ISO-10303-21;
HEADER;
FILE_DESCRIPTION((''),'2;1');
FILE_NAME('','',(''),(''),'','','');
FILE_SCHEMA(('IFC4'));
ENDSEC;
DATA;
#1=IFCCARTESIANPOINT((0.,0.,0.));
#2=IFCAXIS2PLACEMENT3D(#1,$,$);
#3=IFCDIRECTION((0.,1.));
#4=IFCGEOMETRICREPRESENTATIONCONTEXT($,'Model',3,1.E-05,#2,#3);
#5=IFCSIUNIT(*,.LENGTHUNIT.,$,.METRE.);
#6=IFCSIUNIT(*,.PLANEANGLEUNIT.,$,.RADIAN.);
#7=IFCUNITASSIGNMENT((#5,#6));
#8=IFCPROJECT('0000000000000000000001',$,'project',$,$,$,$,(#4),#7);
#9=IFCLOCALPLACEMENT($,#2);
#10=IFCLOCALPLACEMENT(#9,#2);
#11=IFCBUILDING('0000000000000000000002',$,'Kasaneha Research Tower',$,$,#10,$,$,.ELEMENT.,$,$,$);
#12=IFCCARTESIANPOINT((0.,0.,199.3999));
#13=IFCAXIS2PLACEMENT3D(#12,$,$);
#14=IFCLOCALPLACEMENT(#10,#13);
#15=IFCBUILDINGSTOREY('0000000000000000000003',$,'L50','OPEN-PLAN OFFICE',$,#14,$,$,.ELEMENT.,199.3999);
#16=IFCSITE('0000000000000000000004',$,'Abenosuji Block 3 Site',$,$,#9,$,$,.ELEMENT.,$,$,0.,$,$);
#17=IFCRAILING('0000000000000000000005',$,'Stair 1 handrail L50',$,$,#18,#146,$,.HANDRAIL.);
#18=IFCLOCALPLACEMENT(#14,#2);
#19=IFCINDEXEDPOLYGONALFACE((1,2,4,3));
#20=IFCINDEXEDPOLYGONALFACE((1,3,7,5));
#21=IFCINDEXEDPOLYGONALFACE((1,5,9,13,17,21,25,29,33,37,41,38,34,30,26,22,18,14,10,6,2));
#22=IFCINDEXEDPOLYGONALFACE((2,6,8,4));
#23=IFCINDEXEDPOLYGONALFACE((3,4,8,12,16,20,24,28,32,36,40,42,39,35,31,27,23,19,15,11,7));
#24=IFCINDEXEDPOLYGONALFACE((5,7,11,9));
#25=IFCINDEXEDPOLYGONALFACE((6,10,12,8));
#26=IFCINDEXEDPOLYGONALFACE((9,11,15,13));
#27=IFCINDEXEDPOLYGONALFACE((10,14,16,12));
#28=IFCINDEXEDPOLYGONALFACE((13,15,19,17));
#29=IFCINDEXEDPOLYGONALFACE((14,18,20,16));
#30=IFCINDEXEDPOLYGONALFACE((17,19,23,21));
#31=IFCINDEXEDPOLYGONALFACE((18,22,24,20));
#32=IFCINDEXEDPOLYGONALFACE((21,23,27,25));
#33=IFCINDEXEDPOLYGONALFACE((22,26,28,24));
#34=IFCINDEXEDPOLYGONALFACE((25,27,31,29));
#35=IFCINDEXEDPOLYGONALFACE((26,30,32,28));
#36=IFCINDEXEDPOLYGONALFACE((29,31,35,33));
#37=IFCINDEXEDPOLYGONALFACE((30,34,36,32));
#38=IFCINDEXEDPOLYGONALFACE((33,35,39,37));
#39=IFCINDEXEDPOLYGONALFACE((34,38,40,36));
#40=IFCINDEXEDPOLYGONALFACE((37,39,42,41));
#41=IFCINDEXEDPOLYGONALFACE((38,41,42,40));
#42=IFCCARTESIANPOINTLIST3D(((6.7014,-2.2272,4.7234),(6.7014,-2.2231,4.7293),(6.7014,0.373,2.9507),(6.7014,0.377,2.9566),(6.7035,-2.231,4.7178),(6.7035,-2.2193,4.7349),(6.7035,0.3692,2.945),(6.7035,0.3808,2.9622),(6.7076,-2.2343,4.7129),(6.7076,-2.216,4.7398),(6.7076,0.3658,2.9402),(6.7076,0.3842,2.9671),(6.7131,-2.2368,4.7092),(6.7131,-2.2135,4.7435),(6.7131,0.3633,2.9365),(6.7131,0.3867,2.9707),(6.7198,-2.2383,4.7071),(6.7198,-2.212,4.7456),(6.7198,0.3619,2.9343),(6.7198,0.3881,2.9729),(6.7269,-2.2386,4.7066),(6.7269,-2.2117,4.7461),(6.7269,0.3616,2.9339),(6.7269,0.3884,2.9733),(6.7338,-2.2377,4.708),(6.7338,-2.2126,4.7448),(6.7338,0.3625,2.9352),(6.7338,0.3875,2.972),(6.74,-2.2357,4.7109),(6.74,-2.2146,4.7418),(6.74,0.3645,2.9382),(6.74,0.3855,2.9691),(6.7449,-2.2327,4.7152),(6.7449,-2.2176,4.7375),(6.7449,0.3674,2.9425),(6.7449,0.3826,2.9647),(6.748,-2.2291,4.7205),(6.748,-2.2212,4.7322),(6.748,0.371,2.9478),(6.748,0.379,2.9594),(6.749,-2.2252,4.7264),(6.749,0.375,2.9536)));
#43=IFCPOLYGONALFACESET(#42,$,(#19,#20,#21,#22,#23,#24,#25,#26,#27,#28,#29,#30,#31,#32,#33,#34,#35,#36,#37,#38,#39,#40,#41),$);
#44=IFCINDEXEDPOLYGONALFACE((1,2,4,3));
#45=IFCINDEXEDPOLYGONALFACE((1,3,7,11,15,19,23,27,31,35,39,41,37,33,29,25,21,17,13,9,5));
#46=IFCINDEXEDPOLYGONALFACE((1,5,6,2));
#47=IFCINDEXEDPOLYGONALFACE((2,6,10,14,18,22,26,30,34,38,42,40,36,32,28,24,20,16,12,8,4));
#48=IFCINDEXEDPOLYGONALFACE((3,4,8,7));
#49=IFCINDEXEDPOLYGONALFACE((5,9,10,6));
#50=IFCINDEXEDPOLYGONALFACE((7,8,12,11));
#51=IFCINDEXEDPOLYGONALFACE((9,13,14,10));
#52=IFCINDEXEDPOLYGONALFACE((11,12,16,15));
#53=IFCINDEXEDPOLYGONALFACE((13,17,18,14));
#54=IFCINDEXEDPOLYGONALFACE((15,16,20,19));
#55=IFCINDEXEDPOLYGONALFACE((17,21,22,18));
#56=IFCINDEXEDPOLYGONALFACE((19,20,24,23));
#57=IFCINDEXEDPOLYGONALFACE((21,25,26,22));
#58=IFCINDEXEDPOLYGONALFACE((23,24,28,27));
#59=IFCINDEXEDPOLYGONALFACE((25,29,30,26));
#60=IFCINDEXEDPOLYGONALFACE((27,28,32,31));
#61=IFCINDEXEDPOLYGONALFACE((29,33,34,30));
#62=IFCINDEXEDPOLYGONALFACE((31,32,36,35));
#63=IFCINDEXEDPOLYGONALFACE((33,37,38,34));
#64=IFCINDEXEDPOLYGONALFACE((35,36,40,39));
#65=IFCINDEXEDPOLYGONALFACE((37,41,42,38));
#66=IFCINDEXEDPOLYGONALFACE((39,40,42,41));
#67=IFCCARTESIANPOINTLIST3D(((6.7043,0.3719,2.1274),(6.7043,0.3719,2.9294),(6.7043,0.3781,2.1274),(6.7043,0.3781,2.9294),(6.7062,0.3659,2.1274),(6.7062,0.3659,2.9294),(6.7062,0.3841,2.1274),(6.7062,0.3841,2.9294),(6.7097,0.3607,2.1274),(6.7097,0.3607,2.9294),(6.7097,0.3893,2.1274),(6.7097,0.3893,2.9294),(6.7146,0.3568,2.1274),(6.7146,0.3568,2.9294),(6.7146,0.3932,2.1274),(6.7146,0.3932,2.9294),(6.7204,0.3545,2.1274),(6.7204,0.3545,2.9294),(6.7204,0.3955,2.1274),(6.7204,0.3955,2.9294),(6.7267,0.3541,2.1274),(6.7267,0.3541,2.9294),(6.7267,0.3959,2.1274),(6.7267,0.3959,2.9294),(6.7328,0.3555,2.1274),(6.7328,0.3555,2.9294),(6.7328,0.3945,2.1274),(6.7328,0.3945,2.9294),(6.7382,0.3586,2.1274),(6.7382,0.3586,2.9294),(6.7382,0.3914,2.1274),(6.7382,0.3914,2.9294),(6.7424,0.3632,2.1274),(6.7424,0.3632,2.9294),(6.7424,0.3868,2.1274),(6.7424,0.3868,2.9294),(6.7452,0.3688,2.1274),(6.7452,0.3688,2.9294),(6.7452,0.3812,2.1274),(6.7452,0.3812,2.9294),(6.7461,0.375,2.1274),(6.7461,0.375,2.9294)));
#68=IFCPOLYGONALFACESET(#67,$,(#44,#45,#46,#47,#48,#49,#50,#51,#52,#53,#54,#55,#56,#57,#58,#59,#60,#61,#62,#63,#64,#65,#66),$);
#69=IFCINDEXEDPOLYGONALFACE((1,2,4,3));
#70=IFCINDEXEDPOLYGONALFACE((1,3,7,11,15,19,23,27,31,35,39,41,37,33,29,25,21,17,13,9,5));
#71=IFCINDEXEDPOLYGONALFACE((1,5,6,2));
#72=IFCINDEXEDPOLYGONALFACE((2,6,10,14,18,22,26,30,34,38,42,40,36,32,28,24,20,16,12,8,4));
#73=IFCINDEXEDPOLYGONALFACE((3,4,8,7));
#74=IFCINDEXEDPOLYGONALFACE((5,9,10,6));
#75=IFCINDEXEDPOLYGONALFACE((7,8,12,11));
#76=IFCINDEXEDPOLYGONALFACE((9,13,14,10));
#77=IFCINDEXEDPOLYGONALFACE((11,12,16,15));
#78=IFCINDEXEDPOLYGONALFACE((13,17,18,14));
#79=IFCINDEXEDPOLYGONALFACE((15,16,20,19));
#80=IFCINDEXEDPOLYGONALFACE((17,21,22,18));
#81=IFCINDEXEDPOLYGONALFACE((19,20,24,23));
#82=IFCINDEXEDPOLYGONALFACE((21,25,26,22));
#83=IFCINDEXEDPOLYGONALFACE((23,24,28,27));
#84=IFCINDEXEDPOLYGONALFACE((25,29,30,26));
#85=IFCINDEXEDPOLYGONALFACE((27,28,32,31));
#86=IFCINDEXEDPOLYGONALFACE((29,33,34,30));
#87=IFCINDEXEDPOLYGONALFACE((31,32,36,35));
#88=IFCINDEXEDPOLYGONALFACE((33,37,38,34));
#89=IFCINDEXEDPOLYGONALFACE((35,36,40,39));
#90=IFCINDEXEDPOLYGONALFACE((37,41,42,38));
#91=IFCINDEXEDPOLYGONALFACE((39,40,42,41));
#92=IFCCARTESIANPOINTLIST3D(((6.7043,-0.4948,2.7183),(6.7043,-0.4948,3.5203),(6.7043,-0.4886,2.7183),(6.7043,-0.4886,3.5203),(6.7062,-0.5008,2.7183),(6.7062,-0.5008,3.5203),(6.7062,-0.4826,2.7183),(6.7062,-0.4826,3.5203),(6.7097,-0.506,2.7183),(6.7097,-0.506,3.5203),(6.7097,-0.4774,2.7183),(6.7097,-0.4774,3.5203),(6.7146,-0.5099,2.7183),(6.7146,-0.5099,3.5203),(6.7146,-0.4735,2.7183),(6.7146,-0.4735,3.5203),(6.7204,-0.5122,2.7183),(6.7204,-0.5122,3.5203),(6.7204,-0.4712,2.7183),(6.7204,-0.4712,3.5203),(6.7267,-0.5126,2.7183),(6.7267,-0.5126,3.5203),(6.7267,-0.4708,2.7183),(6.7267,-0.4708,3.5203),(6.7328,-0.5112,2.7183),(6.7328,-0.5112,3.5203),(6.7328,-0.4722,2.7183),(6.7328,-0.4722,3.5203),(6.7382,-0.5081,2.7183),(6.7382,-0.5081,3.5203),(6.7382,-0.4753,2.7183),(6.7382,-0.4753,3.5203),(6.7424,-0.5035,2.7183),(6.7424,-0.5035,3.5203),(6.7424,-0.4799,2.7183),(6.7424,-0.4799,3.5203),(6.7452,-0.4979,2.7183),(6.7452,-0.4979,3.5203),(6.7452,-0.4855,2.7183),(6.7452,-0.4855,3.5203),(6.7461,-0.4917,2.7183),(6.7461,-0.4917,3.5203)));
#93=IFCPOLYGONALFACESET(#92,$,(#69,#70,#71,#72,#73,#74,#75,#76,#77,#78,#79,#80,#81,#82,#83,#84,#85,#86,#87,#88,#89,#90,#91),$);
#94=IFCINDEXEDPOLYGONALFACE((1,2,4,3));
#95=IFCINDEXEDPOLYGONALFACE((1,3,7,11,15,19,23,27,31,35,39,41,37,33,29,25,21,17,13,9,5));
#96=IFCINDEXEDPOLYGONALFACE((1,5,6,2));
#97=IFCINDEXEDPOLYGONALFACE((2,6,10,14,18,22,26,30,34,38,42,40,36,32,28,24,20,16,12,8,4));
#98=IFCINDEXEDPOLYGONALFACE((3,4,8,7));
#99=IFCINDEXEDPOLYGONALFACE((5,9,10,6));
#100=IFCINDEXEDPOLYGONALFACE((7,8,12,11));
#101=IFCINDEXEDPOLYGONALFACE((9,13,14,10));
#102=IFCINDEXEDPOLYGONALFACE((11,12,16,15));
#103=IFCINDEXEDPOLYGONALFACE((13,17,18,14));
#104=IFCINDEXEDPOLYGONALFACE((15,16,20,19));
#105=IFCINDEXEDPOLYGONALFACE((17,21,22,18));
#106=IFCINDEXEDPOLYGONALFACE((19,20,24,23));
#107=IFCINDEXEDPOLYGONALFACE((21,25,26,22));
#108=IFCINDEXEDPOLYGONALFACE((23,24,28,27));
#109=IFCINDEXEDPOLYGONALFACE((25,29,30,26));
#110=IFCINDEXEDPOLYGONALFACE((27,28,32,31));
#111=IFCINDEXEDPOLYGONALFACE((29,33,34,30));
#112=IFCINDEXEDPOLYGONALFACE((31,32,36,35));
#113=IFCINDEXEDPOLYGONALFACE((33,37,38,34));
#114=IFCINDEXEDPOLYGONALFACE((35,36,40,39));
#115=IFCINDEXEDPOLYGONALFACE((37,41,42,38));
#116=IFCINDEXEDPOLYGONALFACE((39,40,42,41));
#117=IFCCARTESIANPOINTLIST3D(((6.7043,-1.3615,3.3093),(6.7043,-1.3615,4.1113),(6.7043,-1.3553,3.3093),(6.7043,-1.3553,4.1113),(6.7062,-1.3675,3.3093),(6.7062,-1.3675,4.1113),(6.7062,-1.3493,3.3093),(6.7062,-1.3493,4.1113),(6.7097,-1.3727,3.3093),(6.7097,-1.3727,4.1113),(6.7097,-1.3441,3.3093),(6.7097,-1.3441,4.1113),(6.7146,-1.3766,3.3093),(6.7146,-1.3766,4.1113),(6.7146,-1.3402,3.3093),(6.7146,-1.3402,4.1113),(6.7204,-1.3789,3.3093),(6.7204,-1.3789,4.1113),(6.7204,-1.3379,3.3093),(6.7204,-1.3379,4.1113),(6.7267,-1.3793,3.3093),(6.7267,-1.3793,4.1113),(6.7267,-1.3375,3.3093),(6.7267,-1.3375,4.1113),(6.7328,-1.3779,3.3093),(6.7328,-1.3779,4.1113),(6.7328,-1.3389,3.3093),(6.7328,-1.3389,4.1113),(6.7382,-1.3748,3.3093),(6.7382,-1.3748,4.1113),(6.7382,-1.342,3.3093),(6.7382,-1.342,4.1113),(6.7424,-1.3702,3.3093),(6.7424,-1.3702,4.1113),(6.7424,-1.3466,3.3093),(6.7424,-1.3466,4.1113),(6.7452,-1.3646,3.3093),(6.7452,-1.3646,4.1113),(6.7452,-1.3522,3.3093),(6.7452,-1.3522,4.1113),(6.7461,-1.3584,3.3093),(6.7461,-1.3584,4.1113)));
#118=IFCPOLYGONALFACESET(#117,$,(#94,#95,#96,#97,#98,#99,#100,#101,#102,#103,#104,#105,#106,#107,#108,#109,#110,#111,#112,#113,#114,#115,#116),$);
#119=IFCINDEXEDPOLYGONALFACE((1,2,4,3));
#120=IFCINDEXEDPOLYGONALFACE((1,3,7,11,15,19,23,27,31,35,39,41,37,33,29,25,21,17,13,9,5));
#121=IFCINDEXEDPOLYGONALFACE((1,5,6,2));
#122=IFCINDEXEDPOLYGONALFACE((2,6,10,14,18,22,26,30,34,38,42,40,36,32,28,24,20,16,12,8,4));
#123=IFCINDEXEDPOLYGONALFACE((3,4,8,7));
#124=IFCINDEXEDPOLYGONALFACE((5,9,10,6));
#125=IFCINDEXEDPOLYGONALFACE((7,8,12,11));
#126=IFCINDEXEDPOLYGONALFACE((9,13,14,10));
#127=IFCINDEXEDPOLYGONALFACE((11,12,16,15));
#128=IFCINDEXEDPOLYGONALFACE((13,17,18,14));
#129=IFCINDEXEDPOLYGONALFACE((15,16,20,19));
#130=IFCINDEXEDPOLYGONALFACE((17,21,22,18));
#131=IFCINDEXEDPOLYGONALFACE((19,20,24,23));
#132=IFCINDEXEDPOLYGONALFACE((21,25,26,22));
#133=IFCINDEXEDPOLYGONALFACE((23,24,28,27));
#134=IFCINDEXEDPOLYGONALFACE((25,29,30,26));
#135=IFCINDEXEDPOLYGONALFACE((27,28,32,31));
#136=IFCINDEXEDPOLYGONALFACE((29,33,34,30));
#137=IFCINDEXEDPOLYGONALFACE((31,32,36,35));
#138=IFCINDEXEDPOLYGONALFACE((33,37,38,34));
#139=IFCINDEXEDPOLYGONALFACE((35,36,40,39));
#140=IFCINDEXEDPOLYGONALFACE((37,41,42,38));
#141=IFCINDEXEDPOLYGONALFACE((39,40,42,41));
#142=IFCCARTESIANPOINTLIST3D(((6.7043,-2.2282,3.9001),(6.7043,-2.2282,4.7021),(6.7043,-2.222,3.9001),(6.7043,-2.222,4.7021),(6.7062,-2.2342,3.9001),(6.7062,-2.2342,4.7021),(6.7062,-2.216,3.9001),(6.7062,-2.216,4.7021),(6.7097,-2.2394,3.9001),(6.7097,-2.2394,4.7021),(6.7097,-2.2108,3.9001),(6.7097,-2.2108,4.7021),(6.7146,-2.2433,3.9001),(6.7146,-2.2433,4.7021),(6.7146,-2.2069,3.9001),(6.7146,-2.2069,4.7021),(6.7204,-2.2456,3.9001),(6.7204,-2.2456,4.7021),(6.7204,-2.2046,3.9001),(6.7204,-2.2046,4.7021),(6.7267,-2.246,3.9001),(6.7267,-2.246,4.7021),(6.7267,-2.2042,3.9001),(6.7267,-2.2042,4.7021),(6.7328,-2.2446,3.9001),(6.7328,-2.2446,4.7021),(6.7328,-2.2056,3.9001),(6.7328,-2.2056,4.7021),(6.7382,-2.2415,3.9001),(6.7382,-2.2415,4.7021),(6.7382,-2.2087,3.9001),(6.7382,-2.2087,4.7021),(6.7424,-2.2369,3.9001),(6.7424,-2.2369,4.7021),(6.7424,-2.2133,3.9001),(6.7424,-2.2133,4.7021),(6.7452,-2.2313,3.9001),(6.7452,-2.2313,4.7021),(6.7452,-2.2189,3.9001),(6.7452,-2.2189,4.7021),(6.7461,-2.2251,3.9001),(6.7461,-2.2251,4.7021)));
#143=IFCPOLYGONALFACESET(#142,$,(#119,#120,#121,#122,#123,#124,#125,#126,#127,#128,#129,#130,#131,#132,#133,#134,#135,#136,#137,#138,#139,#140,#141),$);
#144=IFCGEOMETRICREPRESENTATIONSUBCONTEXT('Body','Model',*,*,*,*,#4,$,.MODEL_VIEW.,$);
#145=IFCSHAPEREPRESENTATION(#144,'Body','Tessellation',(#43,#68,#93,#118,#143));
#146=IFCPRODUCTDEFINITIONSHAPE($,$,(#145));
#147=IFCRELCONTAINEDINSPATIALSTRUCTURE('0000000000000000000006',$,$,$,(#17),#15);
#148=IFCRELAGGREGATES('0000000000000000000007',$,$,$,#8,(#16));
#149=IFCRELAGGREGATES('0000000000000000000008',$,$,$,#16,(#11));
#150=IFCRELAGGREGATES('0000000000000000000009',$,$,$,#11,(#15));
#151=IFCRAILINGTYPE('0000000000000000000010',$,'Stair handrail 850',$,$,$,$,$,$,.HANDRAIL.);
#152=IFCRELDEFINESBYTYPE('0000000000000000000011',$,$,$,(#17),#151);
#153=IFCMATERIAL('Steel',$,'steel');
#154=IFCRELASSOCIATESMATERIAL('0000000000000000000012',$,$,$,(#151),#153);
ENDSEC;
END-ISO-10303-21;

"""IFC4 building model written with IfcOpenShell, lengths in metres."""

from ifc_helpers import new_model, si_unit, direction, frame, origin, origin_2d, place, context, subcontext, project, spatial, circle, extrude, material, type_object, element, save


model = new_model("IFC4")

# Units and contexts
model_context = context("Model", 3, precision=1e-05, world=origin(), true_north=direction((0.0, 1.0)))
body_context = subcontext(model_context, "Body", "Model", "MODEL_VIEW")
ifc_project = project(units=[si_unit("LENGTHUNIT", "METRE"), si_unit("PLANEANGLEUNIT", "RADIAN")], contexts=[model_context])

# Site, building, storey
site_placement = place(None, origin())
site = spatial("IfcSite", under=ifc_project, at=site_placement, Name="Abenosuji Block 3 Site", CompositionType="ELEMENT", RefElevation=0.0)
building_placement = place(site_placement, origin())
building = spatial("IfcBuilding", under=site, at=building_placement, Name="Kasaneha Research Tower", CompositionType="ELEMENT")
storey_placement = place(building_placement, frame((0.0, 0.0, 199.3999)))
storey = spatial("IfcBuildingStorey", under=building, at=storey_placement, Name="L50", Description="OPEN-PLAN OFFICE", CompositionType="ELEMENT", Elevation=199.3999)

# Railing
ifc_material_1 = material(Name="Steel", Category="steel")
railing_type = type_object("IfcRailingType", Name="Stair handrail 850", PredefinedType="HANDRAIL", material=ifc_material_1)
railing_placement = place(storey_placement, frame((6.7251, 0.375, 2.1274)))
element("IfcRailing", 1, at=railing_placement, inside=storey, type_object=railing_type, Name="Stair 1 handrail L50", PredefinedType="HANDRAIL", context=body_context, shape_type="SweptSolid", body=[
    extrude(circle(Radius=0.0239, at=origin_2d()), frame((0.0, 0.0, 0.8262), z_axis=(0.0, -0.82624, 0.563318), x_axis=(1.0, 0.0, 0.0)), (0.0, 0.0, 1.0), 3.147),
    extrude(circle(Radius=0.021, at=origin_2d()), origin(), (0.0, 0.0, 1.0), 0.802),
    extrude(circle(Radius=0.021, at=origin_2d()), frame((0.0, -0.8667, 0.5908)), (0.0, 0.0, 1.0), 0.802),
    extrude(circle(Radius=0.021, at=origin_2d()), frame((0.0, -1.7334, 1.1819)), (0.0, 0.0, 1.0), 0.802),
    extrude(circle(Radius=0.021, at=origin_2d()), frame((0.0, -2.6001, 1.7727)), (0.0, 0.0, 1.0), 0.802),
])

save(model, "model.ifc")
